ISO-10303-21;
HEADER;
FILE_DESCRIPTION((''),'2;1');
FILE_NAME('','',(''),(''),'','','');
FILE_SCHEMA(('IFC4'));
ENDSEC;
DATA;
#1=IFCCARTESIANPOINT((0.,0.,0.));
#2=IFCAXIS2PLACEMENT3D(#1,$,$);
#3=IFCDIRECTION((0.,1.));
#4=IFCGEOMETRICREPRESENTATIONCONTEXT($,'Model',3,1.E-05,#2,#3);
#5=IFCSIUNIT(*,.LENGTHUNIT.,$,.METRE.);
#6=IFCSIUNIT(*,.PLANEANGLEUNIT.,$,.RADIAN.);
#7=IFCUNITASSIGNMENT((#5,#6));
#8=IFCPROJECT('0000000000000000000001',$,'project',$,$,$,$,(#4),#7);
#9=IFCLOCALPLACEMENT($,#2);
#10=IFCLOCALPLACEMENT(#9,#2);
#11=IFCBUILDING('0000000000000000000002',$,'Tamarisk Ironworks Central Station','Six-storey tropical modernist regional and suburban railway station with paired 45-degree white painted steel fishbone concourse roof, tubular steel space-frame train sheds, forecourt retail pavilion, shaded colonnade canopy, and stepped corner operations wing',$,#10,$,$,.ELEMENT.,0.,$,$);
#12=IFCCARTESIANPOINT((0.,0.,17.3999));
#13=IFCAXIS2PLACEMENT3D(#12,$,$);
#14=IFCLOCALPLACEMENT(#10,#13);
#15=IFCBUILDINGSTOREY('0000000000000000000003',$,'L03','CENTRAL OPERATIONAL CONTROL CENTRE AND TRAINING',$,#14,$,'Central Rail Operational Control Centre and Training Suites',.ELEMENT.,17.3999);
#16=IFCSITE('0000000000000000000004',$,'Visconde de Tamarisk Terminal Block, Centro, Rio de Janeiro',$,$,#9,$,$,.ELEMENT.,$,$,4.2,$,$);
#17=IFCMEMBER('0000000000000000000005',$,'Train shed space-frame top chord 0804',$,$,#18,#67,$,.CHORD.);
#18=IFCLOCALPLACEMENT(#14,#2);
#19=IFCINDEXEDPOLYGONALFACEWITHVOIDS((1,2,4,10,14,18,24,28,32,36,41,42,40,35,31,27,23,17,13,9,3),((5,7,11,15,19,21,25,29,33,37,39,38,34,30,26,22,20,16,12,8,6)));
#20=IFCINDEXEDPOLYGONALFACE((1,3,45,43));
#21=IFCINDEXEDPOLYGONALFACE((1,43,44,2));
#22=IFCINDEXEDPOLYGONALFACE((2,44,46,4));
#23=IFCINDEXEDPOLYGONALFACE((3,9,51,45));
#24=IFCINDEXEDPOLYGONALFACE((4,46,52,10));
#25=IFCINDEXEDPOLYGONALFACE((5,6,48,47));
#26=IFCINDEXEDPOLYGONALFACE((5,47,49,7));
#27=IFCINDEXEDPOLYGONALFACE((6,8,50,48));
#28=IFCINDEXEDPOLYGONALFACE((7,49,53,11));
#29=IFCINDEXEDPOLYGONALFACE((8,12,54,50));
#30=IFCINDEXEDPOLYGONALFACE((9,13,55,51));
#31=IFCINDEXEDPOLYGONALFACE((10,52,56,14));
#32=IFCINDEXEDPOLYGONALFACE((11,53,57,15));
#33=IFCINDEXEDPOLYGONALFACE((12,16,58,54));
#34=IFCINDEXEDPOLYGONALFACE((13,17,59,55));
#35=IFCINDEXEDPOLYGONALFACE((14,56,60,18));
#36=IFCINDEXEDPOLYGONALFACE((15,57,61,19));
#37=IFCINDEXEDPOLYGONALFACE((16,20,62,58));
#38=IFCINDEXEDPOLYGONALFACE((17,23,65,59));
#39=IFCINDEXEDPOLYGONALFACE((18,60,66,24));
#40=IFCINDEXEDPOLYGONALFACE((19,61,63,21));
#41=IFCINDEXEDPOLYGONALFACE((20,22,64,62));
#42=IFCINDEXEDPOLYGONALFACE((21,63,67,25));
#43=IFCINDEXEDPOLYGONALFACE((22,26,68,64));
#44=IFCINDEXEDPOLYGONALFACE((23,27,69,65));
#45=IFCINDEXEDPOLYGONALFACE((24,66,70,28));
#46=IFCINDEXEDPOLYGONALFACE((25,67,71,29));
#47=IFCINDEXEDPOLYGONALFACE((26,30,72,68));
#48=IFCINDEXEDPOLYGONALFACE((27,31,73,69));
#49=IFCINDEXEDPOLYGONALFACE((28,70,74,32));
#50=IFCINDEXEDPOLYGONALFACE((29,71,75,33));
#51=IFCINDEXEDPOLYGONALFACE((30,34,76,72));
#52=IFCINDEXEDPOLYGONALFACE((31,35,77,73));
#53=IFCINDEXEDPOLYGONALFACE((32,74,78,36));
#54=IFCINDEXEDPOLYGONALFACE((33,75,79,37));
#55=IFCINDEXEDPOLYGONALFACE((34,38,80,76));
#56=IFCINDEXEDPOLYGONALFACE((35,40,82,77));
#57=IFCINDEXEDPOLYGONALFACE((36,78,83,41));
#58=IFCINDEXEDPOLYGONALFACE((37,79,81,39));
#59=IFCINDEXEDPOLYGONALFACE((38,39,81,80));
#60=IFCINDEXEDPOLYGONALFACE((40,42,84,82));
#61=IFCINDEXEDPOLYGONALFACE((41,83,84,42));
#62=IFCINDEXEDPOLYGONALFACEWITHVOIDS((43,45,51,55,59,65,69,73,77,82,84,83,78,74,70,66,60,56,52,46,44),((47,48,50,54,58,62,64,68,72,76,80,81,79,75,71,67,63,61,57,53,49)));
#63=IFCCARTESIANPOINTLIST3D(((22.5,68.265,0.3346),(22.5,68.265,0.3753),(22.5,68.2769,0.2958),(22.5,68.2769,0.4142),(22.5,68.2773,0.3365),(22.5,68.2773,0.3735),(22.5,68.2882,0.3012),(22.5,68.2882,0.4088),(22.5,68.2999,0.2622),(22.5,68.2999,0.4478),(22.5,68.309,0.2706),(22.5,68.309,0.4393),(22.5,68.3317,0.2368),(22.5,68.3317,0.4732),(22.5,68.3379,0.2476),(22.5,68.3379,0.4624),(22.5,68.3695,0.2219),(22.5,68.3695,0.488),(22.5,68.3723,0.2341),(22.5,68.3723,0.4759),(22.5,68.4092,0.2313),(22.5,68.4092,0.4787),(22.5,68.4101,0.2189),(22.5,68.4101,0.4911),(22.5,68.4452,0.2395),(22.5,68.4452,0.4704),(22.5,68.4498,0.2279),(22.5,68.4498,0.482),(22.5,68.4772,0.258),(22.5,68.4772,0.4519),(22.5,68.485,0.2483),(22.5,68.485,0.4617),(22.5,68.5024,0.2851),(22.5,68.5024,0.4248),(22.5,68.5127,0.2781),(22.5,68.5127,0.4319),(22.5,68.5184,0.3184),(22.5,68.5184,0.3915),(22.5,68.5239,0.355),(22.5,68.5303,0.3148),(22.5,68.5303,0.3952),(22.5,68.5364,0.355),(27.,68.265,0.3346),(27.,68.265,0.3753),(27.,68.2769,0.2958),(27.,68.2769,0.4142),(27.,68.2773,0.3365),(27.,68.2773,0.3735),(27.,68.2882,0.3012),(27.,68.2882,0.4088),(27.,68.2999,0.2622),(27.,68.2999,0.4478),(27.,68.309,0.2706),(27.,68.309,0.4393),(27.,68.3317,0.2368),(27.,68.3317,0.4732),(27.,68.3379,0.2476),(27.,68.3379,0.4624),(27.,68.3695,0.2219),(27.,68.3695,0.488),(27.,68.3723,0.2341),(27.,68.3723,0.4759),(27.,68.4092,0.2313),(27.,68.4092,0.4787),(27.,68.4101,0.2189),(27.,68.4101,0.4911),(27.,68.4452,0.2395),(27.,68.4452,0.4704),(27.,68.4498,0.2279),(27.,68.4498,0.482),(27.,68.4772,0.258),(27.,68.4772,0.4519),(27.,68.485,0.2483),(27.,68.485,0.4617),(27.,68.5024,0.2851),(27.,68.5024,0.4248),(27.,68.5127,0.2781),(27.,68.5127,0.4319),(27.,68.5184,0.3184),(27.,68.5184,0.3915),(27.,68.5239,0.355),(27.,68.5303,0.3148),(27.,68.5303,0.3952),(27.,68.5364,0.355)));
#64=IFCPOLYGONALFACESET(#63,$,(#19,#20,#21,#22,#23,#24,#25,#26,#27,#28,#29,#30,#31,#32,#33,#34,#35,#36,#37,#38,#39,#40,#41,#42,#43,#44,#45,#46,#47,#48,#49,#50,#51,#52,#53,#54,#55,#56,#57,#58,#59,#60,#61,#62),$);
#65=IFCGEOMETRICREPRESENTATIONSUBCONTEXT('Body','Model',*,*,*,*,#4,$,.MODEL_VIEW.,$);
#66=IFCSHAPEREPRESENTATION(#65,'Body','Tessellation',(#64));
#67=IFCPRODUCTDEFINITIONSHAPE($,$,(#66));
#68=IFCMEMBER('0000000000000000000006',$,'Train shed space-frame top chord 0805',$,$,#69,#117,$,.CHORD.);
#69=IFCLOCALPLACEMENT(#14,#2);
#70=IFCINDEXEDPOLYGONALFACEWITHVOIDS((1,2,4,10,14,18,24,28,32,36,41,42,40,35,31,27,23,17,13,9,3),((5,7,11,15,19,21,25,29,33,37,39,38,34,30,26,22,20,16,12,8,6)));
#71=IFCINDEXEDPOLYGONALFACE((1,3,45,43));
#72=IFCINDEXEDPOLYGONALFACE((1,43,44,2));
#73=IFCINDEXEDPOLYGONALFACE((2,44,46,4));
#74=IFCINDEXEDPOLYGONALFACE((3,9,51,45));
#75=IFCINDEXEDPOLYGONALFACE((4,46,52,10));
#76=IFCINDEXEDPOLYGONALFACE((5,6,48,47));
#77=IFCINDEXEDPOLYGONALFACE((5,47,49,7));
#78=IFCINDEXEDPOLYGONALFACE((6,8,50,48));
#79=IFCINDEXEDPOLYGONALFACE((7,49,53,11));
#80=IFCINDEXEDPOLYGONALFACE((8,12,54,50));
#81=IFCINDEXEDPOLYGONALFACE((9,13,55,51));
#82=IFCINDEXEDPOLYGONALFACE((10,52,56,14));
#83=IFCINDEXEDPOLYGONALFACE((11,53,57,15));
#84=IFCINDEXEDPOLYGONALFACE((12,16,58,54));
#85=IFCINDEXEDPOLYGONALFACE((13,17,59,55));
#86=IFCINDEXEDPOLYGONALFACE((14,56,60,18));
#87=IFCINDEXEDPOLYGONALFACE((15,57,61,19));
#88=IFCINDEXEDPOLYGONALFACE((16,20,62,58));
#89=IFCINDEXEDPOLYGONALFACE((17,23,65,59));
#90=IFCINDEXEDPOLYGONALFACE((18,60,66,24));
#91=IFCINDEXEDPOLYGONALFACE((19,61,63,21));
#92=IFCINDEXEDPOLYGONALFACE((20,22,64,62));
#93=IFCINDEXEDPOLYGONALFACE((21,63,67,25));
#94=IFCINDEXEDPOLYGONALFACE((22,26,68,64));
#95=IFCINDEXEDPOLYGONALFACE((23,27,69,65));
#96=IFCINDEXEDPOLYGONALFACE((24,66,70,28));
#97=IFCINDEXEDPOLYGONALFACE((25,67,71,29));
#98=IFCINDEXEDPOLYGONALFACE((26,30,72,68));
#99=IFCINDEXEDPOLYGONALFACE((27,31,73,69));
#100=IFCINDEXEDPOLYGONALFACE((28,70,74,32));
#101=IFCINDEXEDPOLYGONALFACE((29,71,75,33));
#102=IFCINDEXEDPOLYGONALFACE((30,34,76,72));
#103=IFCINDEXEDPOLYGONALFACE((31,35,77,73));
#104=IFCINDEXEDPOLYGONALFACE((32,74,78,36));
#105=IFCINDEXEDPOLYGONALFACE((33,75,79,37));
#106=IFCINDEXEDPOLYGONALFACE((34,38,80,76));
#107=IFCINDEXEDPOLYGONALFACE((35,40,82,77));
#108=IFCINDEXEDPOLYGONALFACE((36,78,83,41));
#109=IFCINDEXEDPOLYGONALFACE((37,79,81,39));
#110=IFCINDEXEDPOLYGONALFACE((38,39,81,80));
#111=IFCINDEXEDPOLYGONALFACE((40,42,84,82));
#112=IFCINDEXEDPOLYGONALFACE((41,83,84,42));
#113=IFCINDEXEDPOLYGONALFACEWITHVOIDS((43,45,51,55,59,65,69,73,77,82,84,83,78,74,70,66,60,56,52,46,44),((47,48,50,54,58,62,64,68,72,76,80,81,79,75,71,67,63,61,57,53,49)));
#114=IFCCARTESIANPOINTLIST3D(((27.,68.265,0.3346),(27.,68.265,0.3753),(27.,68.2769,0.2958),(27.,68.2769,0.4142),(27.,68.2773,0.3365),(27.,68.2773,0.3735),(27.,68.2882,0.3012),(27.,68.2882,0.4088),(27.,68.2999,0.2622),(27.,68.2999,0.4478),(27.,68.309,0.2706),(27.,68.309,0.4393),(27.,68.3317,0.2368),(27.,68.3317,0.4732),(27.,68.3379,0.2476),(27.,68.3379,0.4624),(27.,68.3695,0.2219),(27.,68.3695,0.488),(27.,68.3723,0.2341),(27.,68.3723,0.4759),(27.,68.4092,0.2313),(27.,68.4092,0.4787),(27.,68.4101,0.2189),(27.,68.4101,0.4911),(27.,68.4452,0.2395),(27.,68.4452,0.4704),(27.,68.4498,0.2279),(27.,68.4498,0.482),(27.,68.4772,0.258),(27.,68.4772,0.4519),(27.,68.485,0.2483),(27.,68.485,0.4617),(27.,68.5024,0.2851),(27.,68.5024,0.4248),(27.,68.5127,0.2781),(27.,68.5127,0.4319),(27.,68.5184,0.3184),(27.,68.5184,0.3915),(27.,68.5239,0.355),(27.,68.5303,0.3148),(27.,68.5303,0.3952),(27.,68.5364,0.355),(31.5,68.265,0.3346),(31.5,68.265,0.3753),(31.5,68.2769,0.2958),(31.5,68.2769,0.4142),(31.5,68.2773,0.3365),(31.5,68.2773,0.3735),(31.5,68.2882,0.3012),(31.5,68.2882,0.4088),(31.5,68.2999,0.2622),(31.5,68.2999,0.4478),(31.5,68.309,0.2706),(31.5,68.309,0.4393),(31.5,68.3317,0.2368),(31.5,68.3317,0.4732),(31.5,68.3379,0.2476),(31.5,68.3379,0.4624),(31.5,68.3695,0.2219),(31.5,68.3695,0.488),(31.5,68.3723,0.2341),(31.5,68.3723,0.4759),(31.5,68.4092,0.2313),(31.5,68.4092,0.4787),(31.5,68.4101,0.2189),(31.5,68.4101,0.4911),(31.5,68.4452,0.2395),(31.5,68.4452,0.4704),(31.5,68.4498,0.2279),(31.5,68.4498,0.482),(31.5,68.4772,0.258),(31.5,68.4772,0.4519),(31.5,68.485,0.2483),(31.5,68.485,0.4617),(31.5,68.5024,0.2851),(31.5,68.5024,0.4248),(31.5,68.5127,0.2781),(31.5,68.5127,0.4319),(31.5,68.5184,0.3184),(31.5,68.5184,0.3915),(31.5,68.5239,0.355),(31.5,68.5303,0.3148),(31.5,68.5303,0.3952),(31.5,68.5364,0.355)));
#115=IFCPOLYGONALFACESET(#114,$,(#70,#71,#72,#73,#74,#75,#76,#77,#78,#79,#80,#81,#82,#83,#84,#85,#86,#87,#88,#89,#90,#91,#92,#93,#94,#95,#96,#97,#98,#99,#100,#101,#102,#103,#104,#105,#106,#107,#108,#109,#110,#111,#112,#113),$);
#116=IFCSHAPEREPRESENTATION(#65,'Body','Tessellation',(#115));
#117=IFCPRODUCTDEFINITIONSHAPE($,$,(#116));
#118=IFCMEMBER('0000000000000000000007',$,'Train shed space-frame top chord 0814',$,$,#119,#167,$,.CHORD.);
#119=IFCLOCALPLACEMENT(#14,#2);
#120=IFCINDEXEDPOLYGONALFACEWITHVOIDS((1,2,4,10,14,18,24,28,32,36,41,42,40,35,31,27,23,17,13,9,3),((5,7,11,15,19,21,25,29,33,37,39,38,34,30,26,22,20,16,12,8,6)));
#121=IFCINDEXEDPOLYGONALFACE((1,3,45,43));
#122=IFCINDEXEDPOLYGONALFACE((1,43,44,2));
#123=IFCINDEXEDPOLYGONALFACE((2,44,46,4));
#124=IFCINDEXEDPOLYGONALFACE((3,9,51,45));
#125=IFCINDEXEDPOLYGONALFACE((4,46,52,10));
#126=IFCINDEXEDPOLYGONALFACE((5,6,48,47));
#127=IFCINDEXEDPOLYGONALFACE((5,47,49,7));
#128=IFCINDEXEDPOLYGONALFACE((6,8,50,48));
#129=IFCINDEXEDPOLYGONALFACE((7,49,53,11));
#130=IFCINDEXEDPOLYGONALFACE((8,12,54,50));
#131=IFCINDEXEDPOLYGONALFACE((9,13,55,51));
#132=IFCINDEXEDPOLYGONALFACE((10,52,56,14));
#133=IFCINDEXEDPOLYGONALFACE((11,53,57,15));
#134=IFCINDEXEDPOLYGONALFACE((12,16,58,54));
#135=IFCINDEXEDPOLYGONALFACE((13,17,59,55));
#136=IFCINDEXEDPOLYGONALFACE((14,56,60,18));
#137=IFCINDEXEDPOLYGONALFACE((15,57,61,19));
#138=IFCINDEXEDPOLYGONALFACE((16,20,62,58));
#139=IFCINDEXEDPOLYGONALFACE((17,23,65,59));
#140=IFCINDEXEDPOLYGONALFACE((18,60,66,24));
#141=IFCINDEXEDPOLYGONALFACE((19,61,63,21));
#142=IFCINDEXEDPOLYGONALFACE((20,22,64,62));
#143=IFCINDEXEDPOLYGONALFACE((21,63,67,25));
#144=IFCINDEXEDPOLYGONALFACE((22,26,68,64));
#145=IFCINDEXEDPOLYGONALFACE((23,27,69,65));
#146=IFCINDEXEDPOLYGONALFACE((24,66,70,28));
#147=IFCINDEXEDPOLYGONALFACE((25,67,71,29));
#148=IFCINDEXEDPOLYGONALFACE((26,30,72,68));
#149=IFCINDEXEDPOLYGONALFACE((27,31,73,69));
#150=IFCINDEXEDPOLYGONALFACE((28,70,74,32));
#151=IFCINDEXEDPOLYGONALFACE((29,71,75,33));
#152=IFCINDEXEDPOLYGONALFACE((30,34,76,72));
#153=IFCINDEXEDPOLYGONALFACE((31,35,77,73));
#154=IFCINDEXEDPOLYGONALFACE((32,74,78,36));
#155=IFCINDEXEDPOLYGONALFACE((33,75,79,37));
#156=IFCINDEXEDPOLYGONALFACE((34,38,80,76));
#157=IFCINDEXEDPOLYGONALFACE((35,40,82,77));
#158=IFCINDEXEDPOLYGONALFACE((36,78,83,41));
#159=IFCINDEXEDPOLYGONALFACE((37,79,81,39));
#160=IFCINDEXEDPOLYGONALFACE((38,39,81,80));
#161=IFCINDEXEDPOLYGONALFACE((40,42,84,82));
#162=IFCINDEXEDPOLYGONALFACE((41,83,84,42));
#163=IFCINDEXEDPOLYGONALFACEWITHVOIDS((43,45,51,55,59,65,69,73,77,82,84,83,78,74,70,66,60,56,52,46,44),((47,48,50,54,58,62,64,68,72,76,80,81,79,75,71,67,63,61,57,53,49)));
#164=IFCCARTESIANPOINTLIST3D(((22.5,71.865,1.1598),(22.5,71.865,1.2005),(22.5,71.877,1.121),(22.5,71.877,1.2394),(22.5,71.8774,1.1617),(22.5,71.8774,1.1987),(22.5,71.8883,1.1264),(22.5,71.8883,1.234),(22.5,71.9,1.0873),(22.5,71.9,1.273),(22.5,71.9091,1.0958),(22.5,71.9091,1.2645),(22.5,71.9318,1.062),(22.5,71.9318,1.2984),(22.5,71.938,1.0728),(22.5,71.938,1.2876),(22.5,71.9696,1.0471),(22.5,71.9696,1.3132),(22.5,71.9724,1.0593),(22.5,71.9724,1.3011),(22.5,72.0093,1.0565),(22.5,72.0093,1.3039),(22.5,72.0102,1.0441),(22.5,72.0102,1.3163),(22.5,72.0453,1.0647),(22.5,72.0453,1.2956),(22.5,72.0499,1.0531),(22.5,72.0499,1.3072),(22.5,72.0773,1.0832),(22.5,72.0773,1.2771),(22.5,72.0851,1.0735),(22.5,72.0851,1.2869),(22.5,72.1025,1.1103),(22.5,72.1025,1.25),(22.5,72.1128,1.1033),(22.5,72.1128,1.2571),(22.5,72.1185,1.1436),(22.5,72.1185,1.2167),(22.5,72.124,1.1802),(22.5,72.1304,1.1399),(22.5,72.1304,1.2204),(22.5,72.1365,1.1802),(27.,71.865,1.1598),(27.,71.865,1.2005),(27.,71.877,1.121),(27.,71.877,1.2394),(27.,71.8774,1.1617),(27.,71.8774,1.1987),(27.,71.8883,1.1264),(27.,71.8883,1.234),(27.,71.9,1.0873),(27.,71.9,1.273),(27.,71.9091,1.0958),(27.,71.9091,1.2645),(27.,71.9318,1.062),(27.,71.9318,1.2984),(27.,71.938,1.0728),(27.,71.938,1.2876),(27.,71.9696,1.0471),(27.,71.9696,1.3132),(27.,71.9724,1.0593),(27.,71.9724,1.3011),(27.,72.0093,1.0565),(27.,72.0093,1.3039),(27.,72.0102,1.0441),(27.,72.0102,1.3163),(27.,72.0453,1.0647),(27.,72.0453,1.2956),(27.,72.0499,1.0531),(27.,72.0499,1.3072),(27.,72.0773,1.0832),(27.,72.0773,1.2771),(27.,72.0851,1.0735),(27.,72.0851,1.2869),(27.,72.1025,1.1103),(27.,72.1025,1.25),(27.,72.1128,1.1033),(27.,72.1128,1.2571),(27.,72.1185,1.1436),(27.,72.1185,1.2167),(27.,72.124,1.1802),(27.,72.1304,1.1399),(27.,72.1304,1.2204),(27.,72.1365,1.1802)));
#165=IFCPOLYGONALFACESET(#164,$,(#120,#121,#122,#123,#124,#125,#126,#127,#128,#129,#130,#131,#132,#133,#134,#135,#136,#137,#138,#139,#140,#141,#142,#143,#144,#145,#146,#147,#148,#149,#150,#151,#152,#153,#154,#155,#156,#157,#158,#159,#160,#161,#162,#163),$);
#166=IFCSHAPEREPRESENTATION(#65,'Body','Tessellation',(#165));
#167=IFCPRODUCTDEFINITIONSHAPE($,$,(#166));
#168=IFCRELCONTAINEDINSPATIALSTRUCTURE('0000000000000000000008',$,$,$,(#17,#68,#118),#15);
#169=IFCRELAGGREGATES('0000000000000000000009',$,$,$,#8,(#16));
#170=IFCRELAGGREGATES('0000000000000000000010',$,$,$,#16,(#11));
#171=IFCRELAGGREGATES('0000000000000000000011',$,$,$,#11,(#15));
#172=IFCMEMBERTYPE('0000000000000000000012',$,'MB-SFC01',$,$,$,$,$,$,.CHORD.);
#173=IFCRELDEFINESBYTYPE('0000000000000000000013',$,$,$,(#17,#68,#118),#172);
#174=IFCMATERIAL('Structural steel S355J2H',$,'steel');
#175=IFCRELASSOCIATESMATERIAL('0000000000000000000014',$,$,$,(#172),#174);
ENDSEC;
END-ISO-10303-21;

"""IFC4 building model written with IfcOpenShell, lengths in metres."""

from ifc_helpers import new_model, si_unit, direction, frame, origin, origin_2d, place, context, subcontext, project, spatial, hollow_circle, extrude, material, material_profile, profile_set, type_object, element, save


model = new_model("IFC4")

# Units and contexts
model_context = context("Model", 3, precision=1e-05, world=origin(), true_north=direction((0.0, 1.0)))
body_context = subcontext(model_context, "Body", "Model", "MODEL_VIEW")
ifc_project = project(units=[si_unit("LENGTHUNIT", "METRE"), si_unit("PLANEANGLEUNIT", "RADIAN")], contexts=[model_context])

# Site, building, storey
site_placement = place(None, origin())
site = spatial("IfcSite", under=ifc_project, at=site_placement, Name="Visconde de Tamarisk Terminal Block, Centro, Rio de Janeiro", CompositionType="ELEMENT", RefElevation=4.2)
building_placement = place(site_placement, origin())
building = spatial("IfcBuilding", under=site, at=building_placement, Name="Tamarisk Ironworks Central Station", Description="Six-storey tropical modernist regional and suburban railway station with paired 45-degree white painted steel fishbone concourse roof, tubular steel space-frame train sheds, forecourt retail pavilion, shaded colonnade canopy, and stepped corner operations wing", CompositionType="ELEMENT", ElevationOfRefHeight=0.0)
storey_placement = place(building_placement, frame((0.0, 0.0, 17.3999)))
storey = spatial("IfcBuildingStorey", under=building, at=storey_placement, Name="L03", Description="CENTRAL OPERATIONAL CONTROL CENTRE AND TRAINING", LongName="Central Rail Operational Control Centre and Training Suites", CompositionType="ELEMENT", Elevation=17.3999)

# Members
ifc_material = material(Name="Structural steel S355J2H", Category="steel")
ifc_material_profile_1 = material_profile(ifc_material, hollow_circle(Radius=0.1365, WallThickness=0.0125, at=origin_2d()), Name="CHS 273x12.5")
ifc_profile_set_1 = profile_set([ifc_material_profile_1], Name="Structural steel S355J2H")
member_type_1 = type_object("IfcMemberType", Name="MB-SFC01", PredefinedType="CHORD", material=ifc_profile_set_1)
for number, where, z_axis, x_axis, name in (
    (1, (22.5, 68.3999, 0.355), (1.0, 0.0, 0.0), (0.0, 1.0, 0.0), "Train shed space-frame top chord 0804"),
    (2, (27.0, 68.3999, 0.355), (1.0, 0.0, 0.0), (0.0, 1.0, 0.0), "Train shed space-frame top chord 0805"),
    (3, (22.5, 72.0, 1.1802), (1.0, 0.0, 0.0), (0.0, 1.0, 0.0), "Train shed space-frame top chord 0814"),
):
    element("IfcMember", number, at=place(storey_placement, frame(where, z_axis=z_axis, x_axis=x_axis)), inside=storey, type_object=member_type_1, Name=name, PredefinedType="CHORD", context=body_context, shape_type="SweptSolid", body=[
        extrude(hollow_circle(Radius=0.1365, WallThickness=0.0125, at=origin_2d()), origin(), (0.0, 0.0, 1.0), 4.5),
    ])

save(model, "model.ifc")
